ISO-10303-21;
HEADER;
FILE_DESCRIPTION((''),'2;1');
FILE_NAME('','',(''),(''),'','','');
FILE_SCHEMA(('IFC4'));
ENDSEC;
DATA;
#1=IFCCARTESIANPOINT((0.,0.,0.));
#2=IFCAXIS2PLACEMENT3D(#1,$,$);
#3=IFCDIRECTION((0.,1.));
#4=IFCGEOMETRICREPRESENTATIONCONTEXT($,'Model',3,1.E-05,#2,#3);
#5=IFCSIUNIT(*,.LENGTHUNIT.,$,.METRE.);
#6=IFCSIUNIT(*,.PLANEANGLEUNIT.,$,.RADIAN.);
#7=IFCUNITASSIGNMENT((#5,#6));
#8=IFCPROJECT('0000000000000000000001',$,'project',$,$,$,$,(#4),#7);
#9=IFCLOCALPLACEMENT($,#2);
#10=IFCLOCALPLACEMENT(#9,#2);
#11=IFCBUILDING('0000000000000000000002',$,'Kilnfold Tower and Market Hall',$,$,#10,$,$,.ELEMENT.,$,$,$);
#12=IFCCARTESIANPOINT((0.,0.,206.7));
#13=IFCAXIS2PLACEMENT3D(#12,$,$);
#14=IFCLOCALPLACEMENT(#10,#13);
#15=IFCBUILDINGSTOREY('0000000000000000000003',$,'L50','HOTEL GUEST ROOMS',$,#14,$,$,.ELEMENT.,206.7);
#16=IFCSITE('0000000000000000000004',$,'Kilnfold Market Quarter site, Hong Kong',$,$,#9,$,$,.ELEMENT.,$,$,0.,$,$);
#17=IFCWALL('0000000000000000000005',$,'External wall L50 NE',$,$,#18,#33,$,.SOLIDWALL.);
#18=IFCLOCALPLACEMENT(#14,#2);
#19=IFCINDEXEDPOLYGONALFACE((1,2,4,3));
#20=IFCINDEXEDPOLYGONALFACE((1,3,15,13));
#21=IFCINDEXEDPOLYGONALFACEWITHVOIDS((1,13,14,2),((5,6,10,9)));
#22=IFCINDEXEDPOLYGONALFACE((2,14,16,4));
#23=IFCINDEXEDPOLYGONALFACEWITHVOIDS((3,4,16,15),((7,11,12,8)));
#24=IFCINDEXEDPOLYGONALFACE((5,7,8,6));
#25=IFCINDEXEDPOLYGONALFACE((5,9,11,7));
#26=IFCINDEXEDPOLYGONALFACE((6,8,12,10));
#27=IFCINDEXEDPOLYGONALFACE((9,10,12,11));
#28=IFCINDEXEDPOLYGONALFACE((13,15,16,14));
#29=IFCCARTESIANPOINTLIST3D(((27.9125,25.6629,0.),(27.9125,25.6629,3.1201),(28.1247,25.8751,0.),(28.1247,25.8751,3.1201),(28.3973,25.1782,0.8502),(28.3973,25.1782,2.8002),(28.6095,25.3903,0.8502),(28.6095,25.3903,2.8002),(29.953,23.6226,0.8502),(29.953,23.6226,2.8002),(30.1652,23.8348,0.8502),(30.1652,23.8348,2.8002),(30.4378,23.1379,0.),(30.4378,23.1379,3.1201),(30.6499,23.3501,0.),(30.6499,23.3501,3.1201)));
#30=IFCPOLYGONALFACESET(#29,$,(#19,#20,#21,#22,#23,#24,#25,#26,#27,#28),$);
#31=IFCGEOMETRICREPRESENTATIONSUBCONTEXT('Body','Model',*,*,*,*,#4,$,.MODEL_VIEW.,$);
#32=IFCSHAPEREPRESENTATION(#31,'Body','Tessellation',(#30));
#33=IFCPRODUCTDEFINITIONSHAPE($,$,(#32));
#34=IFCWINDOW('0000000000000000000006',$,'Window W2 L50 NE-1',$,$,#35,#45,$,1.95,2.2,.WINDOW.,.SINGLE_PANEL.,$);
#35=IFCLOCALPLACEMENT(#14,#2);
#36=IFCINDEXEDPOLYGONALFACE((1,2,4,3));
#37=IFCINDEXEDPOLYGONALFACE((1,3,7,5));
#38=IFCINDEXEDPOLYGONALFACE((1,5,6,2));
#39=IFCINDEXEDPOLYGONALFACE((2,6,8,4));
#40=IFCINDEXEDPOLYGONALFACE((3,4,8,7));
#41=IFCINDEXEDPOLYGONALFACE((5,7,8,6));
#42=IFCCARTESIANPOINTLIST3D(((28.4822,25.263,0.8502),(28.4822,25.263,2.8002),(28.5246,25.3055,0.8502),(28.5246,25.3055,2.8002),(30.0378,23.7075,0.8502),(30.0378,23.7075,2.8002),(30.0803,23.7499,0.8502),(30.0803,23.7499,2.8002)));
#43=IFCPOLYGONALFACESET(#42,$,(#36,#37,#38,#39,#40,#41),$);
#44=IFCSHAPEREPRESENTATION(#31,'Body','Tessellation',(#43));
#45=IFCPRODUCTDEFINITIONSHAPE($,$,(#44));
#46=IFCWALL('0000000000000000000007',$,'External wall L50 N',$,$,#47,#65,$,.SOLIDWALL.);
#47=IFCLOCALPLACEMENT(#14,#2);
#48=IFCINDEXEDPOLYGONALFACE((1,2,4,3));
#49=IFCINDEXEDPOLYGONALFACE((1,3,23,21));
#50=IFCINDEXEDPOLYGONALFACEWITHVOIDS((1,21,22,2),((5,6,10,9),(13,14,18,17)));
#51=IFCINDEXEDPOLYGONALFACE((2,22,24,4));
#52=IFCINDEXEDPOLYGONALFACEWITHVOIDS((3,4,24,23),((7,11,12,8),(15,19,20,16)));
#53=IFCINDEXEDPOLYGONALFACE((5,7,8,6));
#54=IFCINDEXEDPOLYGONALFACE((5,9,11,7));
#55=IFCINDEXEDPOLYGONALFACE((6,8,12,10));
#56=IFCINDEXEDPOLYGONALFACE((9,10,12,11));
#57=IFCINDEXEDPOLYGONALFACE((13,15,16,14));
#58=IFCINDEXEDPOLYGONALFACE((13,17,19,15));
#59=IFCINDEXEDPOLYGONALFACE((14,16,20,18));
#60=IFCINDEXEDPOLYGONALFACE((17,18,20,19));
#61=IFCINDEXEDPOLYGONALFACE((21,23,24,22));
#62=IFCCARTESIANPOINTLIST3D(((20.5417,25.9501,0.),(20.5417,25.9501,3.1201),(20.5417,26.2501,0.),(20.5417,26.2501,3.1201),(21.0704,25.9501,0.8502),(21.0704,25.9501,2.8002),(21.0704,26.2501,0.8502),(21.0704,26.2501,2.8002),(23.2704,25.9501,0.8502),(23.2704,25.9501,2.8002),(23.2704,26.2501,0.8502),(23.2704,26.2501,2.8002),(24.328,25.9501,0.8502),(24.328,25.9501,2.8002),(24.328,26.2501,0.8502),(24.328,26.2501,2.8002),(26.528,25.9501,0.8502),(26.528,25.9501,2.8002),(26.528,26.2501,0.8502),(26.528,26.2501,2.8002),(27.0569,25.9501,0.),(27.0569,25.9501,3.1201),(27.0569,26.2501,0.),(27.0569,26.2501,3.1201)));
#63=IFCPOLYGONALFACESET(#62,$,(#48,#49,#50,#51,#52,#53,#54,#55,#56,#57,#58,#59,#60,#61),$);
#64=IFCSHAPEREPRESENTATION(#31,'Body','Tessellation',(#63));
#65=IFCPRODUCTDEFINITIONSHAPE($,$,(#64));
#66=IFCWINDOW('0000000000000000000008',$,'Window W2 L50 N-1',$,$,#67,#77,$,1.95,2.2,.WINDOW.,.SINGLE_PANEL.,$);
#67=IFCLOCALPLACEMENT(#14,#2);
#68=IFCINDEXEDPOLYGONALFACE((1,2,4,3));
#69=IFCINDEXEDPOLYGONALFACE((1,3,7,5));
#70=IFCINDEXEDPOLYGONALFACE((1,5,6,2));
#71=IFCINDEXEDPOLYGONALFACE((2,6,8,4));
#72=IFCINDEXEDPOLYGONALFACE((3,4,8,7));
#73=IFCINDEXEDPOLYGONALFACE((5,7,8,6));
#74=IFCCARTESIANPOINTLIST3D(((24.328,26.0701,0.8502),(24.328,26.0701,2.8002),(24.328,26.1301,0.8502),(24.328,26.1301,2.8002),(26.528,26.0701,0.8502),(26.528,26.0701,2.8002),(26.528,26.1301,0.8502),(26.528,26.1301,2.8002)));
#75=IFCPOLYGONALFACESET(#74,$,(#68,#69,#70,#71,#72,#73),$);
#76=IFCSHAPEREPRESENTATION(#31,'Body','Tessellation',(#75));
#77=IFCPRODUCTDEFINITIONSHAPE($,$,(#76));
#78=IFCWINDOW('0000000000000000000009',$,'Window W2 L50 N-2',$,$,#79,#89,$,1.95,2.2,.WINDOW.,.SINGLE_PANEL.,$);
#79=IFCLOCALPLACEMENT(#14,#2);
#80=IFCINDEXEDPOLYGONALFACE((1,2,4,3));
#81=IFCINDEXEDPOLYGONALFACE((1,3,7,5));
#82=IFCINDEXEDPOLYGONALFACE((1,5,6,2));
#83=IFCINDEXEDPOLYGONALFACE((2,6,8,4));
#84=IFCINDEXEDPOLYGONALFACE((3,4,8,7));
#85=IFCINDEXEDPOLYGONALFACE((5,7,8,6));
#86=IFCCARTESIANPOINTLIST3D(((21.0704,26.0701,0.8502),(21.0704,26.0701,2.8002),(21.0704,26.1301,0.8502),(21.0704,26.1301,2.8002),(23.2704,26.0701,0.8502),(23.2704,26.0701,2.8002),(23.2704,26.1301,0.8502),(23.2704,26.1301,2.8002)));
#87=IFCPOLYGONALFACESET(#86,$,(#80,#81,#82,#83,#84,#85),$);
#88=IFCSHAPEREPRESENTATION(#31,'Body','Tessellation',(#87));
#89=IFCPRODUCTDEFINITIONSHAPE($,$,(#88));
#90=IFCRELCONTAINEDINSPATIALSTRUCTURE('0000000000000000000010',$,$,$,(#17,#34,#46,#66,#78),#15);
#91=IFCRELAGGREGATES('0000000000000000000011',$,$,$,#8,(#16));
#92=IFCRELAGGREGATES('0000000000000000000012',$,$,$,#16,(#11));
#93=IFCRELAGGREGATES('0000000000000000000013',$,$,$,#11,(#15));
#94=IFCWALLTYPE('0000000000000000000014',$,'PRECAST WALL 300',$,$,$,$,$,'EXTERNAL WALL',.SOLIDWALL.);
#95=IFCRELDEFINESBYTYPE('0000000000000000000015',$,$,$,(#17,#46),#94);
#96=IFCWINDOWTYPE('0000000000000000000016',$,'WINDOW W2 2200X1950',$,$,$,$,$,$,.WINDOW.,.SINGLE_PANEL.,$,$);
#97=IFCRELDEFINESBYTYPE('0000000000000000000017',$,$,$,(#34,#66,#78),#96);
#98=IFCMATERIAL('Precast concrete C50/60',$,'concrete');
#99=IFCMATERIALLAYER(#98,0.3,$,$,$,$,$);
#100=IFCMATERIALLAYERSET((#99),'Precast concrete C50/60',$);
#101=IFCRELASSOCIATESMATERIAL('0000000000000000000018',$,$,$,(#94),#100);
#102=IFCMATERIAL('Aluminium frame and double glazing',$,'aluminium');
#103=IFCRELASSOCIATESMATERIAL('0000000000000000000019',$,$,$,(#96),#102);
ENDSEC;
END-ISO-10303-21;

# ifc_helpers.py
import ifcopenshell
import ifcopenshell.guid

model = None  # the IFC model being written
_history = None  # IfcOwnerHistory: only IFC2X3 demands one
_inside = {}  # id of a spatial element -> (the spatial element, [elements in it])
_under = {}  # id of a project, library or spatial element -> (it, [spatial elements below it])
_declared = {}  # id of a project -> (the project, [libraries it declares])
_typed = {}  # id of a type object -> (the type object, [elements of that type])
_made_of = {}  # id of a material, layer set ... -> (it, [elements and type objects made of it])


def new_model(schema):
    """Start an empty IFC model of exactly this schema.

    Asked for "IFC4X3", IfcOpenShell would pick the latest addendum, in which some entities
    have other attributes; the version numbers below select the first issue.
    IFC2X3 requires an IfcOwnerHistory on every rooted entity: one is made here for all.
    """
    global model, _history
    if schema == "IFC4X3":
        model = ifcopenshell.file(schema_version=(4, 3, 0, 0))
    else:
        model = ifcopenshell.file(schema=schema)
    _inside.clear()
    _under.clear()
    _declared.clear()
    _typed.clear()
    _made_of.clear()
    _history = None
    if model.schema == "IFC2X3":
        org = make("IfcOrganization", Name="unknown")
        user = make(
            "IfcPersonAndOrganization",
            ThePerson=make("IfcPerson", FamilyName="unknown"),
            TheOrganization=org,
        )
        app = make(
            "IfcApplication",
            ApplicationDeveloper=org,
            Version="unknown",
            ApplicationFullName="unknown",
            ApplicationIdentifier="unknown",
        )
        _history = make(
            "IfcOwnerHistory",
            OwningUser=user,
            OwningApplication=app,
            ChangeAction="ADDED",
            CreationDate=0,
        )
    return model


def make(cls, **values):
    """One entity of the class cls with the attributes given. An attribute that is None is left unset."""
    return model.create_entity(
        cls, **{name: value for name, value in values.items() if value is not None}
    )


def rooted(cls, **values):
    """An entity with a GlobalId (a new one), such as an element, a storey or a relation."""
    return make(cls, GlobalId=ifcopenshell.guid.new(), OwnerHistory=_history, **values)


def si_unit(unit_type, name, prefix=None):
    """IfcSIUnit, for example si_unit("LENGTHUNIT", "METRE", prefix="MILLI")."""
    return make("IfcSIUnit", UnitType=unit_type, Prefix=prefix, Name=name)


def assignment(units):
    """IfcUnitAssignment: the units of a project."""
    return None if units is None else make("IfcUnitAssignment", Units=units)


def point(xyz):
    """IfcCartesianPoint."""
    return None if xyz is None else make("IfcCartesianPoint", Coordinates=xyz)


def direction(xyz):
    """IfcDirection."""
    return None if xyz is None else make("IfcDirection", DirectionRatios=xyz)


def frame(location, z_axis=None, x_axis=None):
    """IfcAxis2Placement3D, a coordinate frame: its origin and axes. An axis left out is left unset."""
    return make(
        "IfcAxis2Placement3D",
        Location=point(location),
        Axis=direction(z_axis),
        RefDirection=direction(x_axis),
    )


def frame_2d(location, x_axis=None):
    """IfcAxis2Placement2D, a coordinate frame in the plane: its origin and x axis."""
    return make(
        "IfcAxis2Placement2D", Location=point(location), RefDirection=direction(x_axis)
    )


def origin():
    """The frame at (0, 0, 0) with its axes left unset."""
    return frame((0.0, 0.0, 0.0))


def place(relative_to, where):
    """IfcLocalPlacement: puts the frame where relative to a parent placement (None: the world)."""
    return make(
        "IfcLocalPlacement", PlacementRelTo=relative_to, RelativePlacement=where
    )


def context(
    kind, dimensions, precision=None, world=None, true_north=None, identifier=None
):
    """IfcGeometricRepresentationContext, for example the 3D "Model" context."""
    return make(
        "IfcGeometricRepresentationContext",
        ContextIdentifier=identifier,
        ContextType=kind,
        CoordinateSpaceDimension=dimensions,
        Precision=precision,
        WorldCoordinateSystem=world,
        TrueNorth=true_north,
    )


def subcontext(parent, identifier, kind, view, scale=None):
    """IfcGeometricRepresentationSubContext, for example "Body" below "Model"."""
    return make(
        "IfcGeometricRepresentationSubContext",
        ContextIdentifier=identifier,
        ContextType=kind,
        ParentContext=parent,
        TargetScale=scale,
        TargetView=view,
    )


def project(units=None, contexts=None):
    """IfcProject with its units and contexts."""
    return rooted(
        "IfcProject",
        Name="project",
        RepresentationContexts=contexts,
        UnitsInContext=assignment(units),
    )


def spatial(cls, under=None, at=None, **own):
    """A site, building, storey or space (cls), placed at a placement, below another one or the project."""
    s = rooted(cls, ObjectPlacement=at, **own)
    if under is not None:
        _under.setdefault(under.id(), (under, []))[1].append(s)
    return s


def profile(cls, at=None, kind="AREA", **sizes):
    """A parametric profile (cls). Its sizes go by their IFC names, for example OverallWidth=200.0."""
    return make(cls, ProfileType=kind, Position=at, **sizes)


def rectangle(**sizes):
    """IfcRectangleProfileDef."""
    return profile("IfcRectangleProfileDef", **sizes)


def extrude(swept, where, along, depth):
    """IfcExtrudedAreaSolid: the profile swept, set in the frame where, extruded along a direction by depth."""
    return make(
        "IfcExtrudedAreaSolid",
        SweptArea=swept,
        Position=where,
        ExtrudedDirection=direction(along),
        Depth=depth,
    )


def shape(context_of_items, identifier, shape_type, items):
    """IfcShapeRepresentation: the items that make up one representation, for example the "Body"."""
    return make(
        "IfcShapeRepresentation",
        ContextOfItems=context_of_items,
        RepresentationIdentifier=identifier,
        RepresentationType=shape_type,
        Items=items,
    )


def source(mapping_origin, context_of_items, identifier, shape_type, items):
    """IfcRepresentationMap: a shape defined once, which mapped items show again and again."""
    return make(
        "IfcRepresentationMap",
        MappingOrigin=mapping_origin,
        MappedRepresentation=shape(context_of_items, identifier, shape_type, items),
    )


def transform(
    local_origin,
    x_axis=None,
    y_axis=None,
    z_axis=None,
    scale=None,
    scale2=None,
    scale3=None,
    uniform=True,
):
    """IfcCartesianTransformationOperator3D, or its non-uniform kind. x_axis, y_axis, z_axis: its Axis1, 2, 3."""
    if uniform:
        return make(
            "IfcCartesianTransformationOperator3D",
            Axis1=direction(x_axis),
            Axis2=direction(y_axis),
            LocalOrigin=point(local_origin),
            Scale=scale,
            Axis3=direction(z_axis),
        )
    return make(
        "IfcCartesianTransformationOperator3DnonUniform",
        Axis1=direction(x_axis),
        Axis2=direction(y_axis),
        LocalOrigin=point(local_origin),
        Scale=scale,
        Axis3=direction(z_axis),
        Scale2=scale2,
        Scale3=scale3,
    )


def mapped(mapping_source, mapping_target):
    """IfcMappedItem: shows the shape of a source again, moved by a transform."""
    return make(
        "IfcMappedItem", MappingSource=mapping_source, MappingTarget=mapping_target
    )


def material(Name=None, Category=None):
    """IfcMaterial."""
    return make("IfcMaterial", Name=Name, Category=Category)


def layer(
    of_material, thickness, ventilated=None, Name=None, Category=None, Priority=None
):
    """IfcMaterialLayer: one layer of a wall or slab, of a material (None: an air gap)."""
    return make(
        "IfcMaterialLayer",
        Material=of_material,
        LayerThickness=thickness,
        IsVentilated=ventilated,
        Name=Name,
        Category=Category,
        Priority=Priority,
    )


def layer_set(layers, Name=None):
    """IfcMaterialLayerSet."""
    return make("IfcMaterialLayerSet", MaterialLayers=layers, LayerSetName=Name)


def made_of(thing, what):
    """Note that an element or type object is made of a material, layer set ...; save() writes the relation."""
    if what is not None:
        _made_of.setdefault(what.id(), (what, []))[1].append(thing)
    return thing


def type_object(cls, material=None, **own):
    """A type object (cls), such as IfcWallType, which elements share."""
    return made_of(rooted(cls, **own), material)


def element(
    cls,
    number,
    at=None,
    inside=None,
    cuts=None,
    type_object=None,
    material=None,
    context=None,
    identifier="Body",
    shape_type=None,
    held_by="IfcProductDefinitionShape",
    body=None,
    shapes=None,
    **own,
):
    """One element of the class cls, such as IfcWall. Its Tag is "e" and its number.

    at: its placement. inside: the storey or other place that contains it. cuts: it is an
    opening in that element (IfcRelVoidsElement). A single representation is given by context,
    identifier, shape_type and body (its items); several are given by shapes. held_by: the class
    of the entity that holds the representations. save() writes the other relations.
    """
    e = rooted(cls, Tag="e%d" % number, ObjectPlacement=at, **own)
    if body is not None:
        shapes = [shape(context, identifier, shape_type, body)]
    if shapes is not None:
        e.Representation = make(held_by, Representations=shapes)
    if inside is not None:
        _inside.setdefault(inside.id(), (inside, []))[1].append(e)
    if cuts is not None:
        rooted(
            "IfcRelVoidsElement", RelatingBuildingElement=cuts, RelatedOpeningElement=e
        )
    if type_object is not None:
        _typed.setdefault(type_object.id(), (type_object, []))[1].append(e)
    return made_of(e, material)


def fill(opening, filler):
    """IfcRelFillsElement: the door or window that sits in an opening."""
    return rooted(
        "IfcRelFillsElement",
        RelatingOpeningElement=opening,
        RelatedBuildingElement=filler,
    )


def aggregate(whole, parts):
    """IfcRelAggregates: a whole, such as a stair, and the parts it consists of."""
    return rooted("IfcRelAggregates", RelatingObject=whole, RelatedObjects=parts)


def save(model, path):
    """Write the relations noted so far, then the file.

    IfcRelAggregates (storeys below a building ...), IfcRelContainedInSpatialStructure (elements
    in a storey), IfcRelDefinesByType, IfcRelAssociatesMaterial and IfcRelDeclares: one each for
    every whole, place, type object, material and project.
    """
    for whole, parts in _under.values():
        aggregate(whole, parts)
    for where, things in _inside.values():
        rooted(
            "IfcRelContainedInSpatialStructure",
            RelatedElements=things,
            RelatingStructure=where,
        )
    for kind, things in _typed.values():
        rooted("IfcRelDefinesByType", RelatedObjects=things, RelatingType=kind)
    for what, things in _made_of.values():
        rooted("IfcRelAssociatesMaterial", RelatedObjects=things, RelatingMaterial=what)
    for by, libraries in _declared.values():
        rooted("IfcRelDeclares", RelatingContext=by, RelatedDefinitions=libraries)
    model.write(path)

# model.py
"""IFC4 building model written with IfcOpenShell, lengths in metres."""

from ifc_helpers import new_model, si_unit, direction, frame, frame_2d, origin, place, context, subcontext, project, spatial, rectangle, extrude, source, transform, mapped, material, layer, layer_set, type_object, element, fill, save


model = new_model("IFC4")

# Units and contexts
model_context = context("Model", 3, precision=1e-05, world=origin(), true_north=direction((0.0, 1.0)))
body_context = subcontext(model_context, "Body", "Model", "MODEL_VIEW")
ifc_project = project(units=[si_unit("LENGTHUNIT", "METRE"), si_unit("PLANEANGLEUNIT", "RADIAN")], contexts=[model_context])

# Site, building, storey
site_placement = place(None, origin())
site = spatial("IfcSite", under=ifc_project, at=site_placement, Name="Kilnfold Market Quarter site, Hong Kong", CompositionType="ELEMENT", RefElevation=0.0)
building_placement = place(site_placement, origin())
building = spatial("IfcBuilding", under=site, at=building_placement, Name="Kilnfold Tower and Market Hall", CompositionType="ELEMENT")
storey_placement = place(building_placement, frame((0.0, 0.0, 206.7)))
storey = spatial("IfcBuildingStorey", under=building, at=storey_placement, Name="L50", Description="HOTEL GUEST ROOMS", CompositionType="ELEMENT", Elevation=206.7)

# Shared definitions
ifc_material_1 = material(Name="Precast concrete C50/60", Category="concrete")
ifc_layer_1 = layer(ifc_material_1, 0.3)
ifc_layer_set_1 = layer_set([ifc_layer_1], Name="Precast concrete C50/60")
wall_type_1 = type_object("IfcWallType", Name="PRECAST WALL 300", ElementType="EXTERNAL WALL", PredefinedType="SOLIDWALL", material=ifc_layer_set_1)
ifc_material_2 = material(Name="Aluminium frame and double glazing", Category="aluminium")
window_type = type_object("IfcWindowType", Name="WINDOW W2 2200X1950", PartitioningType="SINGLE_PANEL", PredefinedType="WINDOW", material=ifc_material_2)

# Wall, opening, window
shared_shape_1 = source(origin(), body_context, "Body", "SweptSolid", [
    extrude(rectangle(XDim=3.571, YDim=0.3, at=frame_2d((1.7856, 0.0))), origin(), (0.0, 0.0, 1.0), 3.1201),
])
wall_1_placement = place(storey_placement, frame((30.5439, 23.2439, 0.0), z_axis=(0.0, 0.0, 1.0), x_axis=(-0.707141, 0.707073, 0.0)))
wall_1 = element("IfcWall", 1, at=wall_1_placement, inside=storey, type_object=wall_type_1, Name="External wall L50 NE", PredefinedType="SOLIDWALL", context=body_context, shape_type="MappedRepresentation", body=[
    mapped(shared_shape_1, transform((0.0, 0.0, 0.0))),
])
opening_1_placement = place(wall_1_placement, frame((0.6855, 0.0, 0.8501)))
opening_1 = element("IfcOpeningElement", 2, at=opening_1_placement, cuts=wall_1, PredefinedType="OPENING", context=body_context, shape_type="SweptSolid", body=[
    extrude(rectangle(XDim=2.2, YDim=1.95, at=frame_2d((1.1001, 0.9751))), frame((0.0, 0.1602, 0.0), z_axis=(0.0, -1.0, 0.0), x_axis=(1.0, 0.0, 0.0)), (0.0, 0.0, 1.0), 0.3201),
])
window_1_placement = place(opening_1_placement, origin())
window_1 = element("IfcWindow", 3, at=window_1_placement, inside=storey, type_object=window_type, Name="Window W2 L50 NE-1", OverallHeight=1.95, OverallWidth=2.2, PartitioningType="SINGLE_PANEL", PredefinedType="WINDOW", context=body_context, shape_type="SweptSolid", body=[
    extrude(rectangle(XDim=2.2, YDim=1.95, at=frame_2d((1.1001, 0.9751))), frame((0.0, 0.03, 0.0), z_axis=(0.0, -1.0, 0.0), x_axis=(1.0, 0.0, 0.0)), (0.0, 0.0, 1.0), 0.0601),
])
fill(opening_1, window_1)

# Wall, openings, windows
shared_shape_2 = source(origin(), body_context, "Body", "SweptSolid", [
    extrude(rectangle(XDim=6.5151, YDim=0.3, at=frame_2d((3.2576, 0.0))), origin(), (0.0, 0.0, 1.0), 3.1201),
])
wall_2_placement = place(storey_placement, frame((27.0569, 26.1001, 0.0), z_axis=(0.0, 0.0, 1.0), x_axis=(-1.0, 0.0, 0.0)))
wall_2 = element("IfcWall", 4, at=wall_2_placement, inside=storey, type_object=wall_type_1, Name="External wall L50 N", PredefinedType="SOLIDWALL", context=body_context, shape_type="MappedRepresentation", body=[
    mapped(shared_shape_2, transform((0.0, 0.0, 0.0))),
])
opening_2_placement = place(wall_2_placement, frame((0.5288, 0.0, 0.8501)))
opening_2 = element("IfcOpeningElement", 5, at=opening_2_placement, cuts=wall_2, PredefinedType="OPENING", context=body_context, shape_type="SweptSolid", body=[
    extrude(rectangle(XDim=2.2, YDim=1.95, at=frame_2d((1.1001, 0.9751))), frame((0.0, 0.1602, 0.0), z_axis=(0.0, -1.0, 0.0), x_axis=(1.0, 0.0, 0.0)), (0.0, 0.0, 1.0), 0.3201),
])
opening_3_placement = place(wall_2_placement, frame((3.7864, 0.0, 0.8501)))
opening_3 = element("IfcOpeningElement", 6, at=opening_3_placement, cuts=wall_2, PredefinedType="OPENING", context=body_context, shape_type="SweptSolid", body=[
    extrude(rectangle(XDim=2.2, YDim=1.95, at=frame_2d((1.1001, 0.9751))), frame((0.0, 0.1602, 0.0), z_axis=(0.0, -1.0, 0.0), x_axis=(1.0, 0.0, 0.0)), (0.0, 0.0, 1.0), 0.3201),
])
window_2_placement = place(opening_2_placement, origin())
window_2 = element("IfcWindow", 7, at=window_2_placement, inside=storey, type_object=window_type, Name="Window W2 L50 N-1", OverallHeight=1.95, OverallWidth=2.2, PartitioningType="SINGLE_PANEL", PredefinedType="WINDOW", context=body_context, shape_type="SweptSolid", body=[
    extrude(rectangle(XDim=2.2, YDim=1.95, at=frame_2d((1.1001, 0.9751))), frame((0.0, 0.03, 0.0), z_axis=(0.0, -1.0, 0.0), x_axis=(1.0, 0.0, 0.0)), (0.0, 0.0, 1.0), 0.0601),
])
fill(opening_2, window_2)
window_3_placement = place(opening_3_placement, origin())
window_3 = element("IfcWindow", 8, at=window_3_placement, inside=storey, type_object=window_type, Name="Window W2 L50 N-2", OverallHeight=1.95, OverallWidth=2.2, PartitioningType="SINGLE_PANEL", PredefinedType="WINDOW", context=body_context, shape_type="SweptSolid", body=[
    extrude(rectangle(XDim=2.2, YDim=1.95, at=frame_2d((1.1001, 0.9751))), frame((0.0, 0.03, 0.0), z_axis=(0.0, -1.0, 0.0), x_axis=(1.0, 0.0, 0.0)), (0.0, 0.0, 1.0), 0.0601),
])
fill(opening_3, window_3)

save(model, "model.ifc")
